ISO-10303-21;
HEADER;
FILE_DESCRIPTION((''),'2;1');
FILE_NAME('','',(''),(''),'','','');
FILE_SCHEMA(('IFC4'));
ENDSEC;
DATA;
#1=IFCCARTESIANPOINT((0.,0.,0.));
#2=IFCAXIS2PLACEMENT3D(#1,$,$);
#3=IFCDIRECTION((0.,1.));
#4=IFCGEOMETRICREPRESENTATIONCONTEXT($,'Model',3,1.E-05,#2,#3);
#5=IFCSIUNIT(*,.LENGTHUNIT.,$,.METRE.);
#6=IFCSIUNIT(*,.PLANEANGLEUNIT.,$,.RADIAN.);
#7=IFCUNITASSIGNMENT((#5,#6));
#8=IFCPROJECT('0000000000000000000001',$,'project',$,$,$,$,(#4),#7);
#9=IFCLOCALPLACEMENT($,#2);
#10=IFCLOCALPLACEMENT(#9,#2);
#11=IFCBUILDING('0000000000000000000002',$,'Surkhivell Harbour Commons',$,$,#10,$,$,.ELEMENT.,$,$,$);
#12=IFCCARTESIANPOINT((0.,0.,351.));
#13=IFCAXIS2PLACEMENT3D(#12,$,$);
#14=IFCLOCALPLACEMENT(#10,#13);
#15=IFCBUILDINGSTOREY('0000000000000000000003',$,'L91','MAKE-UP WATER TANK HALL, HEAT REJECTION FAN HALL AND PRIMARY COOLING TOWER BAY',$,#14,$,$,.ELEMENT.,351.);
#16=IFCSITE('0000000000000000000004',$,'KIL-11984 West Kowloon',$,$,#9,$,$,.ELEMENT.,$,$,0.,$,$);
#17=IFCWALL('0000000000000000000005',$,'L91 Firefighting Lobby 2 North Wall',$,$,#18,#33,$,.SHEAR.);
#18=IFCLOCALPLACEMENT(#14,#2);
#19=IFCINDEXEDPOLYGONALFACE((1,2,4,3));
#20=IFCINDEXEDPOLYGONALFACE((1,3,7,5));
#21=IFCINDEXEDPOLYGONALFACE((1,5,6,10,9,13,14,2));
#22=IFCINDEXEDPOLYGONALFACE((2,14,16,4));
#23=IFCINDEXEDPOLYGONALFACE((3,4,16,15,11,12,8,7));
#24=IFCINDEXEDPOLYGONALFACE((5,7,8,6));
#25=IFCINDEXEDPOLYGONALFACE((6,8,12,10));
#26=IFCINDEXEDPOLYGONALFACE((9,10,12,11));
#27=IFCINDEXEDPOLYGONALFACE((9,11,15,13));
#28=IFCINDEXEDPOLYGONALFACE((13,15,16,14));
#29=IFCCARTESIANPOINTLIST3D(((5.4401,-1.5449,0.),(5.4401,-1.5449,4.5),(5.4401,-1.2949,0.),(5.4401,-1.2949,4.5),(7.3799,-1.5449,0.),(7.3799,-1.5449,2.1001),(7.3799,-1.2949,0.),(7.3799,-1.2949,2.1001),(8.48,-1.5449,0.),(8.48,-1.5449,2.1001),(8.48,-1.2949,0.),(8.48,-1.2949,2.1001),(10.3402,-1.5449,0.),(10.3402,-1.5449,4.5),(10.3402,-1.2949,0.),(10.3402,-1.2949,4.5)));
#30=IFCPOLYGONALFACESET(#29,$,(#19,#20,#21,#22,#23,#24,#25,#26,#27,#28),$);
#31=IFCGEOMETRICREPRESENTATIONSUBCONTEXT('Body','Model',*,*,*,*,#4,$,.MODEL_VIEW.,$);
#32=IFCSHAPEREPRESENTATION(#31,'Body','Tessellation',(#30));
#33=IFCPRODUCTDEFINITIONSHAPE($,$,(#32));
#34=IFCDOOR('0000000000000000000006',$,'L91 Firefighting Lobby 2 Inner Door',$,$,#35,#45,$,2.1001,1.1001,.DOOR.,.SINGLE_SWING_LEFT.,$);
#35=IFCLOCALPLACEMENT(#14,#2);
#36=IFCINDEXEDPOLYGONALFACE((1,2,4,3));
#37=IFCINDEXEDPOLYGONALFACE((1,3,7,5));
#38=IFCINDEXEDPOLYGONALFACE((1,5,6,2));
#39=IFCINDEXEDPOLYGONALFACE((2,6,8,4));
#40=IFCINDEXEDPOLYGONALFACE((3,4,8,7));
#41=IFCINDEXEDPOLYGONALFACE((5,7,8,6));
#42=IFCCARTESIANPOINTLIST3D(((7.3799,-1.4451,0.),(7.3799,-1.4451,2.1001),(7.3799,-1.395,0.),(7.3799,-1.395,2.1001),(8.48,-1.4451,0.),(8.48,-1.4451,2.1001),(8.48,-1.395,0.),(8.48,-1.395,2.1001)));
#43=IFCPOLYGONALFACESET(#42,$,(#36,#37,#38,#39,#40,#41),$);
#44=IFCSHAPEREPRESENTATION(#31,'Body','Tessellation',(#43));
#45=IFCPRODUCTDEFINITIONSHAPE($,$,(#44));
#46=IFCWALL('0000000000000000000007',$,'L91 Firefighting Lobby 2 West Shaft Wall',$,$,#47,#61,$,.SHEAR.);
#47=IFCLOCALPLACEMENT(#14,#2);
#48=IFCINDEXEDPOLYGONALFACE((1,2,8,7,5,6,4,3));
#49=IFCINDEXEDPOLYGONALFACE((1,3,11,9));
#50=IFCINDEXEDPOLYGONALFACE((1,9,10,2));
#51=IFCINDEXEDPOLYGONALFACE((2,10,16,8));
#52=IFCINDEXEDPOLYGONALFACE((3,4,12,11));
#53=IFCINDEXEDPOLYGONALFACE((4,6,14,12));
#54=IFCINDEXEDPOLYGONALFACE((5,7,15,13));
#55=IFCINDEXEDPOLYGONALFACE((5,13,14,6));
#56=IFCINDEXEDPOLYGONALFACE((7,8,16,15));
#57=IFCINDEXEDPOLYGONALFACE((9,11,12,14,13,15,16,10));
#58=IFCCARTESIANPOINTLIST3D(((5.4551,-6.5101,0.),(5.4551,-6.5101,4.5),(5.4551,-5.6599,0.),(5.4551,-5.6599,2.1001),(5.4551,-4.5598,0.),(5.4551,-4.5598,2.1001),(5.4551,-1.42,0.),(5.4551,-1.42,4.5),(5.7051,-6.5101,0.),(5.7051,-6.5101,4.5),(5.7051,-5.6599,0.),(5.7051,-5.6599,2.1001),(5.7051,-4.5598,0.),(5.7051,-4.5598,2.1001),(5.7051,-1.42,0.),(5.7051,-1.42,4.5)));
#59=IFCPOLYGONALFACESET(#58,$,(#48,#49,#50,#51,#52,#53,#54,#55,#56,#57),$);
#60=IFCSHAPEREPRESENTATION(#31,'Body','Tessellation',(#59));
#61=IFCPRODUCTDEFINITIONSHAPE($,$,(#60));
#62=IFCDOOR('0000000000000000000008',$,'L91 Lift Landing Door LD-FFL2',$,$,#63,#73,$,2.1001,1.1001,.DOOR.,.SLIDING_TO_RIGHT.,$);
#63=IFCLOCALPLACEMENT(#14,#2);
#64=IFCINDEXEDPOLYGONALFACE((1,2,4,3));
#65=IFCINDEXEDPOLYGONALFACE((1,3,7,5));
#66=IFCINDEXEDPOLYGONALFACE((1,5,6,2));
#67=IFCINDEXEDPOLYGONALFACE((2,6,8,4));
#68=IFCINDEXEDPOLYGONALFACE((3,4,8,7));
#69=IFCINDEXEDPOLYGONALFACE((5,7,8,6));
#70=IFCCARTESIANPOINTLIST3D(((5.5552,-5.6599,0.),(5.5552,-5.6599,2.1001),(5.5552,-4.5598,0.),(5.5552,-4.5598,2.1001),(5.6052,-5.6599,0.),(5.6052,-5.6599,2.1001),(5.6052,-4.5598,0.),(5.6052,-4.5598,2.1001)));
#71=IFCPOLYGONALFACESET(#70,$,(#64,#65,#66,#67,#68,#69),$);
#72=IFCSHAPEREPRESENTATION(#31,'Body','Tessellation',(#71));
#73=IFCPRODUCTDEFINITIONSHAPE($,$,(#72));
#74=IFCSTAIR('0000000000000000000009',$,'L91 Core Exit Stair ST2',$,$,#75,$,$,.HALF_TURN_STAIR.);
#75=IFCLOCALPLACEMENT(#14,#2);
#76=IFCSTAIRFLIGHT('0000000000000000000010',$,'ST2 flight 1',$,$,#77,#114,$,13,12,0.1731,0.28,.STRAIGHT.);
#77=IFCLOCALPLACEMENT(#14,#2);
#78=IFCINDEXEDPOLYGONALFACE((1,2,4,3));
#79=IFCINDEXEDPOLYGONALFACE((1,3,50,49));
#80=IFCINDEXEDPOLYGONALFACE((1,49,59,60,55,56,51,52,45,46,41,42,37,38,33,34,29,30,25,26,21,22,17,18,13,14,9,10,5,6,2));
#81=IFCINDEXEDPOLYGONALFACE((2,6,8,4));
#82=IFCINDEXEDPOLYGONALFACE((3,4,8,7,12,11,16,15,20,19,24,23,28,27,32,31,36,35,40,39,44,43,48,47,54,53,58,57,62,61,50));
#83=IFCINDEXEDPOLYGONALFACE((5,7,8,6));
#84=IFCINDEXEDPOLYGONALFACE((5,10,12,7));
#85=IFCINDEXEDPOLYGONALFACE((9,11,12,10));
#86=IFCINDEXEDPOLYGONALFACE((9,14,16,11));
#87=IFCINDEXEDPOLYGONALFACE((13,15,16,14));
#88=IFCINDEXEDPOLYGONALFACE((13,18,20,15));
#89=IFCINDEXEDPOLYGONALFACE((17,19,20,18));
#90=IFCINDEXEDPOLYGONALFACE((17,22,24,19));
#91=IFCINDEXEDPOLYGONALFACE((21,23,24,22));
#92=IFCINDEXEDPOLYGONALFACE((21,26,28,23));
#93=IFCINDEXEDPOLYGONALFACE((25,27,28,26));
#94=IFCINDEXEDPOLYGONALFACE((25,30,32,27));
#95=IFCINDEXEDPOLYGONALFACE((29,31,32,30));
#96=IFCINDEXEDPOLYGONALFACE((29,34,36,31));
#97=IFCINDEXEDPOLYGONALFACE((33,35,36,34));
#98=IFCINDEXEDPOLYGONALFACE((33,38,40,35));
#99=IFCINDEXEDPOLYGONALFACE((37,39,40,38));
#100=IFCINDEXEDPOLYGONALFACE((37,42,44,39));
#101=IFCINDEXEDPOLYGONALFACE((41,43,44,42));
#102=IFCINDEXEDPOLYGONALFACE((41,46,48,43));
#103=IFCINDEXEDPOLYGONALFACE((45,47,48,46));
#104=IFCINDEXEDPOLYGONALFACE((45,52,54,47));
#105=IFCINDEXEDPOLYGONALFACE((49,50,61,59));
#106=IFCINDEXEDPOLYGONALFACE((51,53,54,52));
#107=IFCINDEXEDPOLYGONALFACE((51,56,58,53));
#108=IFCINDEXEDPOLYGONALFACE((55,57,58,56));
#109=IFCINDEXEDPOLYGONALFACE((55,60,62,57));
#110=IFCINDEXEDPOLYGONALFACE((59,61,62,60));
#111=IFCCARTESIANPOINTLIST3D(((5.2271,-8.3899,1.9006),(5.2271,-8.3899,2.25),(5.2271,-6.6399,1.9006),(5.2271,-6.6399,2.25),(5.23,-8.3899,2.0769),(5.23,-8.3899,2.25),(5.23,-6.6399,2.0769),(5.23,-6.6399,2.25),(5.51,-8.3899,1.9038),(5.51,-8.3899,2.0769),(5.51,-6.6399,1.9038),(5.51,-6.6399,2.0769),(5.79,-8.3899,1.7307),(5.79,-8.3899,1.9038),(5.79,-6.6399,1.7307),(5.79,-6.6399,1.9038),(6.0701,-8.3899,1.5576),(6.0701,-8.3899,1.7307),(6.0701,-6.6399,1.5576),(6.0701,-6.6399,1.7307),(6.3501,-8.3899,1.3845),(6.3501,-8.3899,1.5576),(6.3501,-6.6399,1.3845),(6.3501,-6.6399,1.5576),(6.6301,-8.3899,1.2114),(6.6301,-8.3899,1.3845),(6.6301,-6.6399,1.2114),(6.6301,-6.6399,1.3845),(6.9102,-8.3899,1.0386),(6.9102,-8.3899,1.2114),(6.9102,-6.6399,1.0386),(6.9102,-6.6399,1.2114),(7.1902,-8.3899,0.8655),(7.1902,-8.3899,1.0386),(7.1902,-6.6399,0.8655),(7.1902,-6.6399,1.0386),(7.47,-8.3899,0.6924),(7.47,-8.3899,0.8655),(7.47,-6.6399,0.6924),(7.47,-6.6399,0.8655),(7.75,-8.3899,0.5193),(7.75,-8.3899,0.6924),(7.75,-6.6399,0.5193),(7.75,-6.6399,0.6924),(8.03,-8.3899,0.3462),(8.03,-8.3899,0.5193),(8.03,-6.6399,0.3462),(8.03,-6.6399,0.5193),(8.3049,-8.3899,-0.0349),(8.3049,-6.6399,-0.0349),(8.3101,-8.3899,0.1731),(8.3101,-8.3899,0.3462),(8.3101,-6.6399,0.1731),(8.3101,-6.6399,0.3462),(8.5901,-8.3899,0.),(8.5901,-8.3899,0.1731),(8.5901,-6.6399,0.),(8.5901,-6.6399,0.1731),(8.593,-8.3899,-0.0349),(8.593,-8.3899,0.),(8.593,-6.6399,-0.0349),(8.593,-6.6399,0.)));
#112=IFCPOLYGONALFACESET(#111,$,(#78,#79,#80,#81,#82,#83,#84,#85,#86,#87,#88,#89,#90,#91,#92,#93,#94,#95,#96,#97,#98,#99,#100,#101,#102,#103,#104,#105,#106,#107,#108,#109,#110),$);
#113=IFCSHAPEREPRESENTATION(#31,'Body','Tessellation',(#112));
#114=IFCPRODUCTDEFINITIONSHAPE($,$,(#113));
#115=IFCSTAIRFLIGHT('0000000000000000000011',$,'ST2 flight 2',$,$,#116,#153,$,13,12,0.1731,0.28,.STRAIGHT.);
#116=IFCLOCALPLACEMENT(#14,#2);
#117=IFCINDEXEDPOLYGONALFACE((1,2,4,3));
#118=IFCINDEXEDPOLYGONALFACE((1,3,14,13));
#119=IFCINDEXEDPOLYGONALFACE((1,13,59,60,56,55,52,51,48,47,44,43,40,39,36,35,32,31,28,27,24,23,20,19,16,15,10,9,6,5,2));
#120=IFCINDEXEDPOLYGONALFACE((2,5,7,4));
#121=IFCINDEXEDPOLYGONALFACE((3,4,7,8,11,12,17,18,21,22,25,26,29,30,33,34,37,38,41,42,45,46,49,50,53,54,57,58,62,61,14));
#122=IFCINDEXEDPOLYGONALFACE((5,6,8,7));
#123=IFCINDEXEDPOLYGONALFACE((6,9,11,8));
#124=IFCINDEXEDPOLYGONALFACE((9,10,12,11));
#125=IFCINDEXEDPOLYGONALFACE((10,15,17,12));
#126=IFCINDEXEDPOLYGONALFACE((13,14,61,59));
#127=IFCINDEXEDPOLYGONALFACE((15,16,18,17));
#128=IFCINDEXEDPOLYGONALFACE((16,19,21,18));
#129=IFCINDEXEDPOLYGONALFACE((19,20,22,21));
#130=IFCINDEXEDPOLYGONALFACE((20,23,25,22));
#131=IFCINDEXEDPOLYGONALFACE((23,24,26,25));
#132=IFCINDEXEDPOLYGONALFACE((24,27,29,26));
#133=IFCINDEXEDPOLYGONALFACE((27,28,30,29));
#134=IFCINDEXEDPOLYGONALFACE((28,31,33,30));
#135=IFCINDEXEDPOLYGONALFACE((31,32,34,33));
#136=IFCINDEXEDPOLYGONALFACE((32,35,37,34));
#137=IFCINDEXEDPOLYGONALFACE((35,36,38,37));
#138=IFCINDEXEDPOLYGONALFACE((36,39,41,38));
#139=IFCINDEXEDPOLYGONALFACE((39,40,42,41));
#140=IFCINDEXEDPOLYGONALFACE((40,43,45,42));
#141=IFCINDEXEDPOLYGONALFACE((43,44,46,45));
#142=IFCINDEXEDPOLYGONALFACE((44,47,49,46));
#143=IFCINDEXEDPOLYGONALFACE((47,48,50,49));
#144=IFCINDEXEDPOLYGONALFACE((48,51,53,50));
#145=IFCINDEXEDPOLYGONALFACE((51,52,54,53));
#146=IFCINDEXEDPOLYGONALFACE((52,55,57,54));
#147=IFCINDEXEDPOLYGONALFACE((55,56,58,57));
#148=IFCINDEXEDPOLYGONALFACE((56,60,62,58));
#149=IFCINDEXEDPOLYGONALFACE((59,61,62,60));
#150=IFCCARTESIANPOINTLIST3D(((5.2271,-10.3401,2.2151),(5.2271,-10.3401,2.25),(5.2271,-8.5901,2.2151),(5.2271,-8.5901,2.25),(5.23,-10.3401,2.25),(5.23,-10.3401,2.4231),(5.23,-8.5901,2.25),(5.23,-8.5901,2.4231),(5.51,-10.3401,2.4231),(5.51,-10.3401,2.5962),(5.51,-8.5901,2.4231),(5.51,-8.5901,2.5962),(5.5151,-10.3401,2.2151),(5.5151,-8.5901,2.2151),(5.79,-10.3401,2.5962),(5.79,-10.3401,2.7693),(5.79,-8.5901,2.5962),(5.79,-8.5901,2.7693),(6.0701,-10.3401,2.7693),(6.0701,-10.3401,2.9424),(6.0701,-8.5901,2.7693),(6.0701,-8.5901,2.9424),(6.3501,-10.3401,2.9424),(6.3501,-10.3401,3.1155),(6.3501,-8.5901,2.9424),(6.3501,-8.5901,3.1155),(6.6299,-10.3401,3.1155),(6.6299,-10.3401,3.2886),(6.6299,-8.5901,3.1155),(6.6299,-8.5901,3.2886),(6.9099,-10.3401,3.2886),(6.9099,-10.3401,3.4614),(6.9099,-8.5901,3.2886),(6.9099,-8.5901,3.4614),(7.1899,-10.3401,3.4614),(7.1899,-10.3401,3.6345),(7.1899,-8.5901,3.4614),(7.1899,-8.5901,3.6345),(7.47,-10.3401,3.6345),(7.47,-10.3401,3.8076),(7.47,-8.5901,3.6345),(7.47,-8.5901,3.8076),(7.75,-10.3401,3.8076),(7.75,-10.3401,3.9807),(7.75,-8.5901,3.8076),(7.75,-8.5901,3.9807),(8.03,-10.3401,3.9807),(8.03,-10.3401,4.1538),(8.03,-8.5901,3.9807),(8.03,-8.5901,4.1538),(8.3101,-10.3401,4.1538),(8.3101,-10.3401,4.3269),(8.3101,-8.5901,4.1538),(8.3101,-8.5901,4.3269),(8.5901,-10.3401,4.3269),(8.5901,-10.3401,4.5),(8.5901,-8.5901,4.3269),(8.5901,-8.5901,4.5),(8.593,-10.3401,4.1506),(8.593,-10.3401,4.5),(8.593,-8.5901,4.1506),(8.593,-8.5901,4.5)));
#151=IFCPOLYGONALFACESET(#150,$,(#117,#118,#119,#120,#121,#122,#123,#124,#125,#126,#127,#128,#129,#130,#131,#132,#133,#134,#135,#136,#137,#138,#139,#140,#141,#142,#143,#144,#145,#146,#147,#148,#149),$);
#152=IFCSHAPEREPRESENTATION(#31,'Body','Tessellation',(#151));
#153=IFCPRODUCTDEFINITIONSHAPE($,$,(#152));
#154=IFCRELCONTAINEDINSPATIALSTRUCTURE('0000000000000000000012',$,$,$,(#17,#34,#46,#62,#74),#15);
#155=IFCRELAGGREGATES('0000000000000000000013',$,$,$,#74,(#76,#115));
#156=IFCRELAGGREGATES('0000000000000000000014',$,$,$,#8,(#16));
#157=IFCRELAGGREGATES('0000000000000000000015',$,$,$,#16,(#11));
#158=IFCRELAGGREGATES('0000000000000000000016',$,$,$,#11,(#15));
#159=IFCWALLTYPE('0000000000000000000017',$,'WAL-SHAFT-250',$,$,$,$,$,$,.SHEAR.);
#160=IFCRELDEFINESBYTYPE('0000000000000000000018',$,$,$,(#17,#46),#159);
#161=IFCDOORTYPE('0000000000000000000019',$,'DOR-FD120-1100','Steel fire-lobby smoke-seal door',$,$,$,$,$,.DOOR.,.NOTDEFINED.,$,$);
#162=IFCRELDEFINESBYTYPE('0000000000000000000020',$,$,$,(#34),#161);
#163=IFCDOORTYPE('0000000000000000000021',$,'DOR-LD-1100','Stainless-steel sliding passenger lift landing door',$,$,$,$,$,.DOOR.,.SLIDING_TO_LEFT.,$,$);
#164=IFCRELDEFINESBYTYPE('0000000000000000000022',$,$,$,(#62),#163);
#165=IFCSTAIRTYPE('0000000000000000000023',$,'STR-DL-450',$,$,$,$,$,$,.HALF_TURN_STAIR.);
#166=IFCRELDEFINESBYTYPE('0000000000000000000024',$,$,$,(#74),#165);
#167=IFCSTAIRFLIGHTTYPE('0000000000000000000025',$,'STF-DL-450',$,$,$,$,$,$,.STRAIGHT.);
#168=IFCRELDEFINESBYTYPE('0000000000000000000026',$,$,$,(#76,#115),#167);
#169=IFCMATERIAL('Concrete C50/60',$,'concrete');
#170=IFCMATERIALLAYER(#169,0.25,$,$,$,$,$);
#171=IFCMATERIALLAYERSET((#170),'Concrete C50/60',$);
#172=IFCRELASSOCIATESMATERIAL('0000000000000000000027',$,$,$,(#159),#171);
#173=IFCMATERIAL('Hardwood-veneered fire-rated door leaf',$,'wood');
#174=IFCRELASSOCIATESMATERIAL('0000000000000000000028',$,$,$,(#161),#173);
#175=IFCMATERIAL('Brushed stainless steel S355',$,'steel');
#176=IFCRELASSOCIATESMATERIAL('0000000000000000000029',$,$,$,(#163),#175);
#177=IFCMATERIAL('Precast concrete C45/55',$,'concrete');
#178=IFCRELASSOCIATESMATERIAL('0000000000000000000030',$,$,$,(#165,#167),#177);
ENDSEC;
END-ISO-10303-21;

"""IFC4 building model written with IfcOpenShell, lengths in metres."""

from ifc_helpers import new_model, si_unit, direction, frame, frame_2d, origin, place, context, subcontext, project, spatial, polyline, rectangle, outline, extrude, material, layer, layer_set, type_object, element, fill, aggregate, save


model = new_model("IFC4")

# Units and contexts
model_context = context("Model", 3, precision=1e-05, world=origin(), true_north=direction((0.0, 1.0)))
body_context = subcontext(model_context, "Body", "Model", "MODEL_VIEW")
ifc_project = project(units=[si_unit("LENGTHUNIT", "METRE"), si_unit("PLANEANGLEUNIT", "RADIAN")], contexts=[model_context])

# Site, building, storey
site_placement = place(None, origin())
site = spatial("IfcSite", under=ifc_project, at=site_placement, Name="KIL-11984 West Kowloon", CompositionType="ELEMENT", RefElevation=0.0)
building_placement = place(site_placement, origin())
building = spatial("IfcBuilding", under=site, at=building_placement, Name="Surkhivell Harbour Commons", CompositionType="ELEMENT")
storey_placement = place(building_placement, frame((0.0, 0.0, 351.0)))
storey = spatial("IfcBuildingStorey", under=building, at=storey_placement, Name="L91", Description="MAKE-UP WATER TANK HALL, HEAT REJECTION FAN HALL AND PRIMARY COOLING TOWER BAY", CompositionType="ELEMENT", Elevation=351.0)

# Shared definitions
ifc_material_1 = material(Name="Concrete C50/60", Category="concrete")

# Walls, openings, doors
ifc_layer_1 = layer(ifc_material_1, 0.25)
ifc_layer_set_1 = layer_set([ifc_layer_1], Name="Concrete C50/60")
wall_type_1 = type_object("IfcWallType", Name="WAL-SHAFT-250", PredefinedType="SHEAR", material=ifc_layer_set_1)
wall_1_placement = place(storey_placement, frame((5.4399, -1.4199, 0.0), z_axis=(0.0, 0.0, 1.0), x_axis=(1.0, 0.0, 0.0)))
wall_1 = element("IfcWall", 1, at=wall_1_placement, inside=storey, type_object=wall_type_1, Name="L91 Firefighting Lobby 2 North Wall", PredefinedType="SHEAR", context=body_context, shape_type="SweptSolid", body=[
    extrude(rectangle(XDim=4.9001, YDim=0.25, at=frame_2d((2.4502, 0.0))), origin(), (0.0, 0.0, 1.0), 4.5),
])
opening_1_placement = place(wall_1_placement, frame((1.9399, 0.0, 0.0)))
opening_1 = element("IfcOpeningElement", 2, at=opening_1_placement, cuts=wall_1, PredefinedType="OPENING", context=body_context, shape_type="SweptSolid", body=[
    extrude(rectangle(XDim=1.1001, YDim=2.1001, at=frame_2d((0.55, 1.05))), frame((0.0, 0.135, 0.0), z_axis=(0.0, -1.0, 0.0), x_axis=(1.0, 0.0, 0.0)), (0.0, 0.0, 1.0), 0.27),
])
ifc_material_2 = material(Name="Hardwood-veneered fire-rated door leaf", Category="wood")
door_type_1 = type_object("IfcDoorType", Name="DOR-FD120-1100", Description="Steel fire-lobby smoke-seal door", OperationType="NOTDEFINED", PredefinedType="DOOR", material=ifc_material_2)
door_1_placement = place(opening_1_placement, origin())
door_1 = element("IfcDoor", 3, at=door_1_placement, inside=storey, type_object=door_type_1, Name="L91 Firefighting Lobby 2 Inner Door", OperationType="SINGLE_SWING_LEFT", OverallHeight=2.1001, OverallWidth=1.1001, PredefinedType="DOOR", context=body_context, shape_type="SweptSolid", body=[
    extrude(rectangle(XDim=1.1001, YDim=2.1001, at=frame_2d((0.55, 1.05))), frame((0.0, 0.0249, 0.0), z_axis=(0.0, -1.0, 0.0), x_axis=(1.0, 0.0, 0.0)), (0.0, 0.0, 1.0), 0.05),
])
fill(opening_1, door_1)
wall_2_placement = place(storey_placement, frame((5.5801, -6.51, 0.0), z_axis=(0.0, 0.0, 1.0), x_axis=(0.0, 1.0, 0.0)))
wall_2 = element("IfcWall", 4, at=wall_2_placement, inside=storey, type_object=wall_type_1, Name="L91 Firefighting Lobby 2 West Shaft Wall", PredefinedType="SHEAR", context=body_context, shape_type="SweptSolid", body=[
    extrude(rectangle(XDim=5.0901, YDim=0.25, at=frame_2d((2.5449, 0.0))), origin(), (0.0, 0.0, 1.0), 4.5),
])
opening_2_placement = place(wall_2_placement, frame((0.8501, 0.0, 0.0)))
opening_2 = element("IfcOpeningElement", 5, at=opening_2_placement, cuts=wall_2, PredefinedType="OPENING", context=body_context, shape_type="SweptSolid", body=[
    extrude(rectangle(XDim=1.1001, YDim=2.1001, at=frame_2d((0.55, 1.05))), frame((0.0, 0.135, 0.0), z_axis=(0.0, -1.0, 0.0), x_axis=(1.0, 0.0, 0.0)), (0.0, 0.0, 1.0), 0.27),
])
ifc_material_3 = material(Name="Brushed stainless steel S355", Category="steel")
door_type_2 = type_object("IfcDoorType", Name="DOR-LD-1100", Description="Stainless-steel sliding passenger lift landing door", OperationType="SLIDING_TO_LEFT", PredefinedType="DOOR", material=ifc_material_3)
door_2_placement = place(opening_2_placement, origin())
door_2 = element("IfcDoor", 6, at=door_2_placement, inside=storey, type_object=door_type_2, Name="L91 Lift Landing Door LD-FFL2", OperationType="SLIDING_TO_RIGHT", OverallHeight=2.1001, OverallWidth=1.1001, PredefinedType="DOOR", context=body_context, shape_type="SweptSolid", body=[
    extrude(rectangle(XDim=1.1001, YDim=2.1001, at=frame_2d((0.55, 1.05))), frame((0.0, 0.0249, 0.0), z_axis=(0.0, -1.0, 0.0), x_axis=(1.0, 0.0, 0.0)), (0.0, 0.0, 1.0), 0.05),
])
fill(opening_2, door_2)

# Stair, stair flights
ifc_material_4 = material(Name="Precast concrete C45/55", Category="concrete")
stair_type = type_object("IfcStairType", Name="STR-DL-450", PredefinedType="HALF_TURN_STAIR", material=ifc_material_4)
stair_placement = place(storey_placement, origin())
stair = element("IfcStair", 7, at=stair_placement, inside=storey, type_object=stair_type, Name="L91 Core Exit Stair ST2", PredefinedType="HALF_TURN_STAIR")
stair_flight_type = type_object("IfcStairFlightType", Name="STF-DL-450", PredefinedType="STRAIGHT", material=ifc_material_4)
stair_flight_1_placement = place(storey_placement, frame((8.5901, -7.5149, 0.0), z_axis=(0.0, 0.0, 1.0), x_axis=(-1.0, 0.0, 0.0)))
stair_flight_1 = element("IfcStairFlight", 8, at=stair_flight_1_placement, type_object=stair_flight_type, Name="ST2 flight 1", NumberOfRisers=13, NumberOfTreads=12, PredefinedType="STRAIGHT", RiserHeight=0.1731, TreadLength=0.28, context=body_context, shape_type="SweptSolid", body=[
    extrude(outline(polyline([(-0.0029, -0.0349), (-0.0029, 0.0), (0.0, 0.0), (0.0, 0.1731), (0.28, 0.1731), (0.28, 0.3462), (0.5601, 0.3462), (0.5601, 0.5193), (0.8401, 0.5193), (0.8401, 0.6924), (1.1201, 0.6924), (1.1201, 0.8655), (1.3999, 0.8655), (1.3999, 1.0386), (1.6799, 1.0386), (1.6799, 1.2114), (1.96, 1.2114), (1.96, 1.3845), (2.24, 1.3845), (2.24, 1.5576), (2.52, 1.5576), (2.52, 1.7307), (2.8, 1.7307), (2.8, 1.9038), (3.0801, 1.9038), (3.0801, 2.0769), (3.3601, 2.0769), (3.3601, 2.25), (3.363, 2.25), (3.363, 1.9006), (0.2852, -0.0349), (-0.0029, -0.0349)])), frame((0.0, 0.875, 0.0), z_axis=(0.0, -1.0, 0.0), x_axis=(1.0, 0.0, 0.0)), (0.0, 0.0, 1.0), 1.75),
])
stair_flight_2_placement = place(storey_placement, frame((5.23, -9.4651, 2.25), z_axis=(0.0, 0.0, 1.0), x_axis=(1.0, 0.0, 0.0)))
stair_flight_2 = element("IfcStairFlight", 9, at=stair_flight_2_placement, type_object=stair_flight_type, Name="ST2 flight 2", NumberOfRisers=13, NumberOfTreads=12, PredefinedType="STRAIGHT", RiserHeight=0.1731, TreadLength=0.28, context=body_context, shape_type="SweptSolid", body=[
    extrude(outline(polyline([(-0.0029, -0.0349), (-0.0029, 0.0), (0.0, 0.0), (0.0, 0.1731), (0.28, 0.1731), (0.28, 0.3462), (0.5601, 0.3462), (0.5601, 0.5193), (0.8401, 0.5193), (0.8401, 0.6924), (1.1201, 0.6924), (1.1201, 0.8655), (1.3999, 0.8655), (1.3999, 1.0386), (1.6799, 1.0386), (1.6799, 1.2114), (1.96, 1.2114), (1.96, 1.3845), (2.24, 1.3845), (2.24, 1.5576), (2.52, 1.5576), (2.52, 1.7307), (2.8, 1.7307), (2.8, 1.9038), (3.0801, 1.9038), (3.0801, 2.0769), (3.3601, 2.0769), (3.3601, 2.25), (3.363, 2.25), (3.363, 1.9006), (0.2852, -0.0349), (-0.0029, -0.0349)])), frame((0.0, 0.875, 0.0), z_axis=(0.0, -1.0, 0.0), x_axis=(1.0, 0.0, 0.0)), (0.0, 0.0, 1.0), 1.75),
])
aggregate(stair, [stair_flight_1, stair_flight_2])

save(model, "model.ifc")
